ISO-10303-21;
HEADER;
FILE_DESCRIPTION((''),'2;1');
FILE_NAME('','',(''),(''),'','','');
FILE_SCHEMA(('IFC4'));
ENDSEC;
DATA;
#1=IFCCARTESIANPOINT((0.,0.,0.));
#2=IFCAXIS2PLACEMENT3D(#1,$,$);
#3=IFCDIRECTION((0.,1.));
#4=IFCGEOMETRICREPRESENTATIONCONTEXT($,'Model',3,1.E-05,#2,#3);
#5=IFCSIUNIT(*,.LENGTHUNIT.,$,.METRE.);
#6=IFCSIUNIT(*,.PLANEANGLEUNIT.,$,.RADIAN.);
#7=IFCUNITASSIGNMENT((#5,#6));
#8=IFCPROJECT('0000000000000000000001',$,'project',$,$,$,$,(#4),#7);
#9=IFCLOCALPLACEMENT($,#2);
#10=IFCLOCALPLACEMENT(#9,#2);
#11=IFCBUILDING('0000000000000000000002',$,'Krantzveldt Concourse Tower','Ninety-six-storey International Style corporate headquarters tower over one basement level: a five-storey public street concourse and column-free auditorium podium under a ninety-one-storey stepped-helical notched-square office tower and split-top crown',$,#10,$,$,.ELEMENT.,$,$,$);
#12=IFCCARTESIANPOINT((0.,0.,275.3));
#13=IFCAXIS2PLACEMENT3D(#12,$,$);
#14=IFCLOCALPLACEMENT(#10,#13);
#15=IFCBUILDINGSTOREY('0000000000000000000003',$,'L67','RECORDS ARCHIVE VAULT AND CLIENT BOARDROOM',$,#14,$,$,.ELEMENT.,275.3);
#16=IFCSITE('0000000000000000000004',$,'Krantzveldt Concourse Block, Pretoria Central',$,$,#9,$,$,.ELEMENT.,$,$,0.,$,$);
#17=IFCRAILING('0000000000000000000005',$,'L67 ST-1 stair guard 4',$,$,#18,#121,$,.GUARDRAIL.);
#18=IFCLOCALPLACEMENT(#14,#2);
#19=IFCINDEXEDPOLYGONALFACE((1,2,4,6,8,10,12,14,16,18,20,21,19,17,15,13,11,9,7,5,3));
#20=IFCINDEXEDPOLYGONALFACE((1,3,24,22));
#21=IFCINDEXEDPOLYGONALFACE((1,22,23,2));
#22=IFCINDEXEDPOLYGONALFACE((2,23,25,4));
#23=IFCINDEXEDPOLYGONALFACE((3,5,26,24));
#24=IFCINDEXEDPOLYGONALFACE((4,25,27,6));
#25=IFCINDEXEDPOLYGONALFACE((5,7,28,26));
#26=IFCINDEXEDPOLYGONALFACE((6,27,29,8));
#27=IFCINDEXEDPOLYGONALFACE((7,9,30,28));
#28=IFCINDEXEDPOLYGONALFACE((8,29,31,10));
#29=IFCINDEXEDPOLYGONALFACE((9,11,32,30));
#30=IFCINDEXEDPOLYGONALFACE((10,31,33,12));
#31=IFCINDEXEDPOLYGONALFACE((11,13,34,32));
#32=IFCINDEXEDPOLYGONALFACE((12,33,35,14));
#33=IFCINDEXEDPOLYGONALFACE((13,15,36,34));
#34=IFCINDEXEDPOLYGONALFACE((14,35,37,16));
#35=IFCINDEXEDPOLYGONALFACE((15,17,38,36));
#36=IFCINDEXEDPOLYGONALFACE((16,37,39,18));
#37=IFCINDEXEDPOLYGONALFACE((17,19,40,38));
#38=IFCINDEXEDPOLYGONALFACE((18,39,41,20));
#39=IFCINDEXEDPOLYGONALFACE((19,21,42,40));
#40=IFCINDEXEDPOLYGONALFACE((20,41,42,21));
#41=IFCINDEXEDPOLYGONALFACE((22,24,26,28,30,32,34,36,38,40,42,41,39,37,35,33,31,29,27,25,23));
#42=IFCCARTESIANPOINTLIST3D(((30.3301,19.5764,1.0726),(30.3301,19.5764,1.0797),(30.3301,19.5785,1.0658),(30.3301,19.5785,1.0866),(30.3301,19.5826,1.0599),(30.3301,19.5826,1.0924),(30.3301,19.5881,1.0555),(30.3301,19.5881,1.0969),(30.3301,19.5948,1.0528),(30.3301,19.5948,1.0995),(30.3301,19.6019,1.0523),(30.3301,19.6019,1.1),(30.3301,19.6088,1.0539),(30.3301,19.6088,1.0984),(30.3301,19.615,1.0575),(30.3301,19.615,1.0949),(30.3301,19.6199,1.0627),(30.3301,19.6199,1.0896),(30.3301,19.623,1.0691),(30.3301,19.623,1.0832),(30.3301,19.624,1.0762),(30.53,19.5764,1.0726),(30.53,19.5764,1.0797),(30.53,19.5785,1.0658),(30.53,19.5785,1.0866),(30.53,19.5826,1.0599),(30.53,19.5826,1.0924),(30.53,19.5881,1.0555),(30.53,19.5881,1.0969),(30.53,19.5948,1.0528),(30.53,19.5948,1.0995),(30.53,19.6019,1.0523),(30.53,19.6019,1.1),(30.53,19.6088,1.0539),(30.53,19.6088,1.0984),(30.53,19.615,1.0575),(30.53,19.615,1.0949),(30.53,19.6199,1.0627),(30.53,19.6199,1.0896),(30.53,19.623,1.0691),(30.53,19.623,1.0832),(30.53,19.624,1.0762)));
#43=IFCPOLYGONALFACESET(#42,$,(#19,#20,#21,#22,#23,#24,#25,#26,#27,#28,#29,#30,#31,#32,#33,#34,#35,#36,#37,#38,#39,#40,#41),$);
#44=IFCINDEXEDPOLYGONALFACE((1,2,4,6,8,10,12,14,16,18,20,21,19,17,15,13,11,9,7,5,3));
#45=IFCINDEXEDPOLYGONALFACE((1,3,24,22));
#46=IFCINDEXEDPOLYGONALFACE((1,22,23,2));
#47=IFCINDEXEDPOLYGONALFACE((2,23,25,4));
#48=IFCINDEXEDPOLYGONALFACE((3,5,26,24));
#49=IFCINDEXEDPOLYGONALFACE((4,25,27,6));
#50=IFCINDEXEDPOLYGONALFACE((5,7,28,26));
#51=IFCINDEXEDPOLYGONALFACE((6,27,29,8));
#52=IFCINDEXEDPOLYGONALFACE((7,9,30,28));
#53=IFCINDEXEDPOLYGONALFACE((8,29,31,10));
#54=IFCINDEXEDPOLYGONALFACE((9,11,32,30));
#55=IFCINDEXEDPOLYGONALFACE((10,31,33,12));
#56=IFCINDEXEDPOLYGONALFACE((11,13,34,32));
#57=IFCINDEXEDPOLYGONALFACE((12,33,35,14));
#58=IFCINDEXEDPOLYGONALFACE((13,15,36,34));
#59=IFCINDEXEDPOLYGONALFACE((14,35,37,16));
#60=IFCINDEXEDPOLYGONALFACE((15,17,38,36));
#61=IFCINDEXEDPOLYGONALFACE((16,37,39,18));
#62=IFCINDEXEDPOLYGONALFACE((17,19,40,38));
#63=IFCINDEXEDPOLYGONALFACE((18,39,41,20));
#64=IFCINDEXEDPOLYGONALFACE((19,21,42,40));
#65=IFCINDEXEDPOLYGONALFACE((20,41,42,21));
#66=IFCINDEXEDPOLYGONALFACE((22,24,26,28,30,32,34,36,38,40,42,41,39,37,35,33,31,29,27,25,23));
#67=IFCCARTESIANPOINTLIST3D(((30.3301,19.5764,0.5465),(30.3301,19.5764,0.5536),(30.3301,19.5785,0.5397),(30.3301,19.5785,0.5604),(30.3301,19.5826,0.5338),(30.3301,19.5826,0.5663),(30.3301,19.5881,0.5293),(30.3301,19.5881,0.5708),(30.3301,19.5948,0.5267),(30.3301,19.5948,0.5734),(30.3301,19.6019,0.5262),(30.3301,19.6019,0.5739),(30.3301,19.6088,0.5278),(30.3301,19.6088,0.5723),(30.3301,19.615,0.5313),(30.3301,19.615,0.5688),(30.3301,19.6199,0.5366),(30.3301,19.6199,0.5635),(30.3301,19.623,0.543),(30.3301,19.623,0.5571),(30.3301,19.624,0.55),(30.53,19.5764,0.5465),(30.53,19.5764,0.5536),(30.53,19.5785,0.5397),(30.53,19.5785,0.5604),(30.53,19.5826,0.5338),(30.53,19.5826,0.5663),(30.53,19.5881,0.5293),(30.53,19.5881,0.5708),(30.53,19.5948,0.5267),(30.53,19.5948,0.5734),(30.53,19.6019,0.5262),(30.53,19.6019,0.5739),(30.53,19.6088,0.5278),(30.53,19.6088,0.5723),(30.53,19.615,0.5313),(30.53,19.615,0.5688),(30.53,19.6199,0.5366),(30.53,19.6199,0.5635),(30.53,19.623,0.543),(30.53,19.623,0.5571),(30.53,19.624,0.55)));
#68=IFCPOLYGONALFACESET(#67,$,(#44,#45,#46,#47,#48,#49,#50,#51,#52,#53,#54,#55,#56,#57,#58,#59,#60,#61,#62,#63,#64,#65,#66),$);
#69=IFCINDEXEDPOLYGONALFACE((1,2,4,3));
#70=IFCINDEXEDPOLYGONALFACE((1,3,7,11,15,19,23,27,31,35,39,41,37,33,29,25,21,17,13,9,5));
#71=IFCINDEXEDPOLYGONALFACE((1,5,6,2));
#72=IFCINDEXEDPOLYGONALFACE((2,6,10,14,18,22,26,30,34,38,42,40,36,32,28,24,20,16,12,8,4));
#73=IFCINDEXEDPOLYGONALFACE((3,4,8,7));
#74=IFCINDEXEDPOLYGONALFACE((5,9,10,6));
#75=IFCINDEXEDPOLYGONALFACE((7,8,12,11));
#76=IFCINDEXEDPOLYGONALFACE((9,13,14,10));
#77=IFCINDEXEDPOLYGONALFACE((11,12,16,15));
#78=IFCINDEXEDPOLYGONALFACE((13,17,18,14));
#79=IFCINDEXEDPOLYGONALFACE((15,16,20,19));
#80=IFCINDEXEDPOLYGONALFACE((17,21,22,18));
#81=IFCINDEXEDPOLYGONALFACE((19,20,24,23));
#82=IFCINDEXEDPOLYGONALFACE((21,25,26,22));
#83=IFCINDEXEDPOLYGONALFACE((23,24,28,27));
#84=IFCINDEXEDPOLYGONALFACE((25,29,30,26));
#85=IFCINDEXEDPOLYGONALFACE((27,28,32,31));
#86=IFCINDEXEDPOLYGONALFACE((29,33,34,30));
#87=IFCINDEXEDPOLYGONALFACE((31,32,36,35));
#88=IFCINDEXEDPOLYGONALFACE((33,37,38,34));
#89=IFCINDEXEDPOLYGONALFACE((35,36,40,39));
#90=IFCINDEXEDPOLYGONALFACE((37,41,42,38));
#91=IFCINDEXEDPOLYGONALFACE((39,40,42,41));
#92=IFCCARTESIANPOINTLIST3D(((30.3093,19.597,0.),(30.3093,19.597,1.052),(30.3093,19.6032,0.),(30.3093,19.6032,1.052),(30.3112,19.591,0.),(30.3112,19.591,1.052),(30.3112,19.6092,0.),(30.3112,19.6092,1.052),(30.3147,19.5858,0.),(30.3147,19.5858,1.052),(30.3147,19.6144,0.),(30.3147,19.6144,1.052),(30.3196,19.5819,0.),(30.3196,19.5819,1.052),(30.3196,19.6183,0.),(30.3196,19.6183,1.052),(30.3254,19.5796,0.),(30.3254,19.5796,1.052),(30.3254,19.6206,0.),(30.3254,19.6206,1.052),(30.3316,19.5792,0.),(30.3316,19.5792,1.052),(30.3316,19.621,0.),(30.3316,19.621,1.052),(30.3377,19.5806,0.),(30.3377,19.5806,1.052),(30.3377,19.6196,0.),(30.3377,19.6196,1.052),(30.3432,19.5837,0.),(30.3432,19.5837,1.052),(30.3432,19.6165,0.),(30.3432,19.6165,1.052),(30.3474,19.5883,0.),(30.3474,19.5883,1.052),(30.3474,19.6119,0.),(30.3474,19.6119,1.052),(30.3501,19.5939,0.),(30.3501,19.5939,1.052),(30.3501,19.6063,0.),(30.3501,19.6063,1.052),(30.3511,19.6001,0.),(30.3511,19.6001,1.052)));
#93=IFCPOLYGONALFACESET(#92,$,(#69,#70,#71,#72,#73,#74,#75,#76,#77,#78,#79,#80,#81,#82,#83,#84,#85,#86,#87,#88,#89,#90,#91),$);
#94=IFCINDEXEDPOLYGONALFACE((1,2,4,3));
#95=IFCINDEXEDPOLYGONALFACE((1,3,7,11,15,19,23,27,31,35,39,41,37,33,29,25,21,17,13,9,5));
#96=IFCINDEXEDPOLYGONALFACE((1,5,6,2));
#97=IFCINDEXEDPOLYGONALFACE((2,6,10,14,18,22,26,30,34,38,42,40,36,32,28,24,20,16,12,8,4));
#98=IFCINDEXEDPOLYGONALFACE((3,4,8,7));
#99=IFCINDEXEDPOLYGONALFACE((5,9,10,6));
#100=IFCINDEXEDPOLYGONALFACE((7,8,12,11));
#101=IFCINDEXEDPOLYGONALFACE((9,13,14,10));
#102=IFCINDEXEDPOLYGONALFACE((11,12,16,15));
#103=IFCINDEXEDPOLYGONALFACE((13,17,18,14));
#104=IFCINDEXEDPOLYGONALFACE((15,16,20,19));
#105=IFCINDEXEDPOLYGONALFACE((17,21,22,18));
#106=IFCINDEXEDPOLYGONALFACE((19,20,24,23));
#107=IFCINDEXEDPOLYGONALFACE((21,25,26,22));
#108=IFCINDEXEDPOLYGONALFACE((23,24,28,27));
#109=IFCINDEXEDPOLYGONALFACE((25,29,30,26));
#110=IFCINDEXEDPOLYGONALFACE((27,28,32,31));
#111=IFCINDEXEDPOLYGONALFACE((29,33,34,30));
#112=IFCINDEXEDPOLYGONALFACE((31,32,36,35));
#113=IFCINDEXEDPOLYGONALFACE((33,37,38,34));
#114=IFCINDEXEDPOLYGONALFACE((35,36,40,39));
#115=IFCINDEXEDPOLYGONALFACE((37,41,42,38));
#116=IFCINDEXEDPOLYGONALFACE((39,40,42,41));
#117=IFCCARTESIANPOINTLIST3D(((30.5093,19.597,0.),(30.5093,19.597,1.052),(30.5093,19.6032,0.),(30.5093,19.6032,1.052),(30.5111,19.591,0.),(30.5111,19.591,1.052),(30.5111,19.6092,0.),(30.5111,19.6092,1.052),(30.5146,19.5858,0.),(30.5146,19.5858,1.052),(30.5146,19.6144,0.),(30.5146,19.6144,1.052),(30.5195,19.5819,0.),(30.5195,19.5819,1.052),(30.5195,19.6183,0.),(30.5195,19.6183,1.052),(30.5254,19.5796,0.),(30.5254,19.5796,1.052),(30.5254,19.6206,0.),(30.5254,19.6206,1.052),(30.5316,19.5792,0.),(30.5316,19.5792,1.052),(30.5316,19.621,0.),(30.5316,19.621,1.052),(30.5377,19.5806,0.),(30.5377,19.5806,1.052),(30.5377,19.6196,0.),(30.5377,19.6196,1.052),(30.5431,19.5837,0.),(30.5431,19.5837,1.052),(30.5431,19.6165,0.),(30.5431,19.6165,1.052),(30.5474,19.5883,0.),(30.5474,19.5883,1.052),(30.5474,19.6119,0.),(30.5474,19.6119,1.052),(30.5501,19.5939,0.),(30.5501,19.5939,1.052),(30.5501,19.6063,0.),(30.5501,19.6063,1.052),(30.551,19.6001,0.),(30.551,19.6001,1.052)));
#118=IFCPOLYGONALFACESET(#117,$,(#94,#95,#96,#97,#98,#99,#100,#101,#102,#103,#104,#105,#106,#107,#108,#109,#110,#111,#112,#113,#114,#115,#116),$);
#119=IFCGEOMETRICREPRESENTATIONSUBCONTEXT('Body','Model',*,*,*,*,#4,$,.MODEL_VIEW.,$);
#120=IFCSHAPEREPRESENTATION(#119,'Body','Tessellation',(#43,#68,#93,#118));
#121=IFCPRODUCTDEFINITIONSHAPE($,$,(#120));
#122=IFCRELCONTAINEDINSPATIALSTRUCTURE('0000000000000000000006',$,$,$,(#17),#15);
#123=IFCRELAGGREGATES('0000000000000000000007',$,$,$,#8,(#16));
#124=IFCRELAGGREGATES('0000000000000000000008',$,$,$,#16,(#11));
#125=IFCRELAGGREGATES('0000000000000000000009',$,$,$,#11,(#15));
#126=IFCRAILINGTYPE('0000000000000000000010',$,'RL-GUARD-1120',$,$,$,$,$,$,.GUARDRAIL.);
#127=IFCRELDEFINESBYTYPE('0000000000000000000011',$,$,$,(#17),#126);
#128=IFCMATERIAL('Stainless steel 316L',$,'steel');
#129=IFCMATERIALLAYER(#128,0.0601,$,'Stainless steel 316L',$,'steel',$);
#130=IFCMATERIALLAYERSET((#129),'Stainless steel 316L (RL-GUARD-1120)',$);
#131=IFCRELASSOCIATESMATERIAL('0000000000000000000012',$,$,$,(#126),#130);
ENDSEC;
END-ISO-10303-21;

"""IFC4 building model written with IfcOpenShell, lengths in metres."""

from ifc_helpers import new_model, si_unit, direction, frame, origin, origin_2d, place, context, subcontext, project, spatial, circle, extrude, material, layer, layer_set, type_object, element, save


model = new_model("IFC4")

# Units and contexts
model_context = context("Model", 3, precision=1e-05, world=origin(), true_north=direction((0.0, 1.0)))
body_context = subcontext(model_context, "Body", "Model", "MODEL_VIEW")
ifc_project = project(units=[si_unit("LENGTHUNIT", "METRE"), si_unit("PLANEANGLEUNIT", "RADIAN")], contexts=[model_context])

# Site, building, storey
site_placement = place(None, origin())
site = spatial("IfcSite", under=ifc_project, at=site_placement, Name="Krantzveldt Concourse Block, Pretoria Central", CompositionType="ELEMENT", RefElevation=0.0)
building_placement = place(site_placement, origin())
building = spatial("IfcBuilding", under=site, at=building_placement, Name="Krantzveldt Concourse Tower", Description="Ninety-six-storey International Style corporate headquarters tower over one basement level: a five-storey public street concourse and column-free auditorium podium under a ninety-one-storey stepped-helical notched-square office tower and split-top crown", CompositionType="ELEMENT")
storey_placement = place(building_placement, frame((0.0, 0.0, 275.3)))
storey = spatial("IfcBuildingStorey", under=building, at=storey_placement, Name="L67", Description="RECORDS ARCHIVE VAULT AND CLIENT BOARDROOM", CompositionType="ELEMENT", Elevation=275.3)

# Railing
ifc_material_1 = material(Name="Stainless steel 316L", Category="steel")
ifc_layer_1 = layer(ifc_material_1, 0.0601, Name="Stainless steel 316L", Category="steel")
ifc_layer_set_1 = layer_set([ifc_layer_1], Name="Stainless steel 316L (RL-GUARD-1120)")
railing_type_1 = type_object("IfcRailingType", Name="RL-GUARD-1120", PredefinedType="GUARDRAIL", material=ifc_layer_set_1)
railing_1_placement = place(storey_placement, frame((30.3301, 19.6001, 0.0)))
element("IfcRailing", 1, at=railing_1_placement, inside=storey, type_object=railing_type_1, Name="L67 ST-1 stair guard 4", PredefinedType="GUARDRAIL", context=body_context, shape_type="SweptSolid", body=[
    extrude(circle(Radius=0.0239, at=origin_2d()), frame((0.0, 0.0, 1.0762), z_axis=(1.0, 0.0, 0.0), x_axis=(0.0, 1.0, 0.0)), (0.0, 0.0, 1.0), 0.2),
    extrude(circle(Radius=0.0239, at=origin_2d()), frame((0.0, 0.0, 0.55), z_axis=(1.0, 0.0, 0.0), x_axis=(0.0, 1.0, 0.0)), (0.0, 0.0, 1.0), 0.2),
    extrude(circle(Radius=0.021, at=origin_2d()), origin(), (0.0, 0.0, 1.0), 1.052),
    extrude(circle(Radius=0.021, at=origin_2d()), frame((0.2, 0.0, 0.0)), (0.0, 0.0, 1.0), 1.052),
])

save(model, "model.ifc")
